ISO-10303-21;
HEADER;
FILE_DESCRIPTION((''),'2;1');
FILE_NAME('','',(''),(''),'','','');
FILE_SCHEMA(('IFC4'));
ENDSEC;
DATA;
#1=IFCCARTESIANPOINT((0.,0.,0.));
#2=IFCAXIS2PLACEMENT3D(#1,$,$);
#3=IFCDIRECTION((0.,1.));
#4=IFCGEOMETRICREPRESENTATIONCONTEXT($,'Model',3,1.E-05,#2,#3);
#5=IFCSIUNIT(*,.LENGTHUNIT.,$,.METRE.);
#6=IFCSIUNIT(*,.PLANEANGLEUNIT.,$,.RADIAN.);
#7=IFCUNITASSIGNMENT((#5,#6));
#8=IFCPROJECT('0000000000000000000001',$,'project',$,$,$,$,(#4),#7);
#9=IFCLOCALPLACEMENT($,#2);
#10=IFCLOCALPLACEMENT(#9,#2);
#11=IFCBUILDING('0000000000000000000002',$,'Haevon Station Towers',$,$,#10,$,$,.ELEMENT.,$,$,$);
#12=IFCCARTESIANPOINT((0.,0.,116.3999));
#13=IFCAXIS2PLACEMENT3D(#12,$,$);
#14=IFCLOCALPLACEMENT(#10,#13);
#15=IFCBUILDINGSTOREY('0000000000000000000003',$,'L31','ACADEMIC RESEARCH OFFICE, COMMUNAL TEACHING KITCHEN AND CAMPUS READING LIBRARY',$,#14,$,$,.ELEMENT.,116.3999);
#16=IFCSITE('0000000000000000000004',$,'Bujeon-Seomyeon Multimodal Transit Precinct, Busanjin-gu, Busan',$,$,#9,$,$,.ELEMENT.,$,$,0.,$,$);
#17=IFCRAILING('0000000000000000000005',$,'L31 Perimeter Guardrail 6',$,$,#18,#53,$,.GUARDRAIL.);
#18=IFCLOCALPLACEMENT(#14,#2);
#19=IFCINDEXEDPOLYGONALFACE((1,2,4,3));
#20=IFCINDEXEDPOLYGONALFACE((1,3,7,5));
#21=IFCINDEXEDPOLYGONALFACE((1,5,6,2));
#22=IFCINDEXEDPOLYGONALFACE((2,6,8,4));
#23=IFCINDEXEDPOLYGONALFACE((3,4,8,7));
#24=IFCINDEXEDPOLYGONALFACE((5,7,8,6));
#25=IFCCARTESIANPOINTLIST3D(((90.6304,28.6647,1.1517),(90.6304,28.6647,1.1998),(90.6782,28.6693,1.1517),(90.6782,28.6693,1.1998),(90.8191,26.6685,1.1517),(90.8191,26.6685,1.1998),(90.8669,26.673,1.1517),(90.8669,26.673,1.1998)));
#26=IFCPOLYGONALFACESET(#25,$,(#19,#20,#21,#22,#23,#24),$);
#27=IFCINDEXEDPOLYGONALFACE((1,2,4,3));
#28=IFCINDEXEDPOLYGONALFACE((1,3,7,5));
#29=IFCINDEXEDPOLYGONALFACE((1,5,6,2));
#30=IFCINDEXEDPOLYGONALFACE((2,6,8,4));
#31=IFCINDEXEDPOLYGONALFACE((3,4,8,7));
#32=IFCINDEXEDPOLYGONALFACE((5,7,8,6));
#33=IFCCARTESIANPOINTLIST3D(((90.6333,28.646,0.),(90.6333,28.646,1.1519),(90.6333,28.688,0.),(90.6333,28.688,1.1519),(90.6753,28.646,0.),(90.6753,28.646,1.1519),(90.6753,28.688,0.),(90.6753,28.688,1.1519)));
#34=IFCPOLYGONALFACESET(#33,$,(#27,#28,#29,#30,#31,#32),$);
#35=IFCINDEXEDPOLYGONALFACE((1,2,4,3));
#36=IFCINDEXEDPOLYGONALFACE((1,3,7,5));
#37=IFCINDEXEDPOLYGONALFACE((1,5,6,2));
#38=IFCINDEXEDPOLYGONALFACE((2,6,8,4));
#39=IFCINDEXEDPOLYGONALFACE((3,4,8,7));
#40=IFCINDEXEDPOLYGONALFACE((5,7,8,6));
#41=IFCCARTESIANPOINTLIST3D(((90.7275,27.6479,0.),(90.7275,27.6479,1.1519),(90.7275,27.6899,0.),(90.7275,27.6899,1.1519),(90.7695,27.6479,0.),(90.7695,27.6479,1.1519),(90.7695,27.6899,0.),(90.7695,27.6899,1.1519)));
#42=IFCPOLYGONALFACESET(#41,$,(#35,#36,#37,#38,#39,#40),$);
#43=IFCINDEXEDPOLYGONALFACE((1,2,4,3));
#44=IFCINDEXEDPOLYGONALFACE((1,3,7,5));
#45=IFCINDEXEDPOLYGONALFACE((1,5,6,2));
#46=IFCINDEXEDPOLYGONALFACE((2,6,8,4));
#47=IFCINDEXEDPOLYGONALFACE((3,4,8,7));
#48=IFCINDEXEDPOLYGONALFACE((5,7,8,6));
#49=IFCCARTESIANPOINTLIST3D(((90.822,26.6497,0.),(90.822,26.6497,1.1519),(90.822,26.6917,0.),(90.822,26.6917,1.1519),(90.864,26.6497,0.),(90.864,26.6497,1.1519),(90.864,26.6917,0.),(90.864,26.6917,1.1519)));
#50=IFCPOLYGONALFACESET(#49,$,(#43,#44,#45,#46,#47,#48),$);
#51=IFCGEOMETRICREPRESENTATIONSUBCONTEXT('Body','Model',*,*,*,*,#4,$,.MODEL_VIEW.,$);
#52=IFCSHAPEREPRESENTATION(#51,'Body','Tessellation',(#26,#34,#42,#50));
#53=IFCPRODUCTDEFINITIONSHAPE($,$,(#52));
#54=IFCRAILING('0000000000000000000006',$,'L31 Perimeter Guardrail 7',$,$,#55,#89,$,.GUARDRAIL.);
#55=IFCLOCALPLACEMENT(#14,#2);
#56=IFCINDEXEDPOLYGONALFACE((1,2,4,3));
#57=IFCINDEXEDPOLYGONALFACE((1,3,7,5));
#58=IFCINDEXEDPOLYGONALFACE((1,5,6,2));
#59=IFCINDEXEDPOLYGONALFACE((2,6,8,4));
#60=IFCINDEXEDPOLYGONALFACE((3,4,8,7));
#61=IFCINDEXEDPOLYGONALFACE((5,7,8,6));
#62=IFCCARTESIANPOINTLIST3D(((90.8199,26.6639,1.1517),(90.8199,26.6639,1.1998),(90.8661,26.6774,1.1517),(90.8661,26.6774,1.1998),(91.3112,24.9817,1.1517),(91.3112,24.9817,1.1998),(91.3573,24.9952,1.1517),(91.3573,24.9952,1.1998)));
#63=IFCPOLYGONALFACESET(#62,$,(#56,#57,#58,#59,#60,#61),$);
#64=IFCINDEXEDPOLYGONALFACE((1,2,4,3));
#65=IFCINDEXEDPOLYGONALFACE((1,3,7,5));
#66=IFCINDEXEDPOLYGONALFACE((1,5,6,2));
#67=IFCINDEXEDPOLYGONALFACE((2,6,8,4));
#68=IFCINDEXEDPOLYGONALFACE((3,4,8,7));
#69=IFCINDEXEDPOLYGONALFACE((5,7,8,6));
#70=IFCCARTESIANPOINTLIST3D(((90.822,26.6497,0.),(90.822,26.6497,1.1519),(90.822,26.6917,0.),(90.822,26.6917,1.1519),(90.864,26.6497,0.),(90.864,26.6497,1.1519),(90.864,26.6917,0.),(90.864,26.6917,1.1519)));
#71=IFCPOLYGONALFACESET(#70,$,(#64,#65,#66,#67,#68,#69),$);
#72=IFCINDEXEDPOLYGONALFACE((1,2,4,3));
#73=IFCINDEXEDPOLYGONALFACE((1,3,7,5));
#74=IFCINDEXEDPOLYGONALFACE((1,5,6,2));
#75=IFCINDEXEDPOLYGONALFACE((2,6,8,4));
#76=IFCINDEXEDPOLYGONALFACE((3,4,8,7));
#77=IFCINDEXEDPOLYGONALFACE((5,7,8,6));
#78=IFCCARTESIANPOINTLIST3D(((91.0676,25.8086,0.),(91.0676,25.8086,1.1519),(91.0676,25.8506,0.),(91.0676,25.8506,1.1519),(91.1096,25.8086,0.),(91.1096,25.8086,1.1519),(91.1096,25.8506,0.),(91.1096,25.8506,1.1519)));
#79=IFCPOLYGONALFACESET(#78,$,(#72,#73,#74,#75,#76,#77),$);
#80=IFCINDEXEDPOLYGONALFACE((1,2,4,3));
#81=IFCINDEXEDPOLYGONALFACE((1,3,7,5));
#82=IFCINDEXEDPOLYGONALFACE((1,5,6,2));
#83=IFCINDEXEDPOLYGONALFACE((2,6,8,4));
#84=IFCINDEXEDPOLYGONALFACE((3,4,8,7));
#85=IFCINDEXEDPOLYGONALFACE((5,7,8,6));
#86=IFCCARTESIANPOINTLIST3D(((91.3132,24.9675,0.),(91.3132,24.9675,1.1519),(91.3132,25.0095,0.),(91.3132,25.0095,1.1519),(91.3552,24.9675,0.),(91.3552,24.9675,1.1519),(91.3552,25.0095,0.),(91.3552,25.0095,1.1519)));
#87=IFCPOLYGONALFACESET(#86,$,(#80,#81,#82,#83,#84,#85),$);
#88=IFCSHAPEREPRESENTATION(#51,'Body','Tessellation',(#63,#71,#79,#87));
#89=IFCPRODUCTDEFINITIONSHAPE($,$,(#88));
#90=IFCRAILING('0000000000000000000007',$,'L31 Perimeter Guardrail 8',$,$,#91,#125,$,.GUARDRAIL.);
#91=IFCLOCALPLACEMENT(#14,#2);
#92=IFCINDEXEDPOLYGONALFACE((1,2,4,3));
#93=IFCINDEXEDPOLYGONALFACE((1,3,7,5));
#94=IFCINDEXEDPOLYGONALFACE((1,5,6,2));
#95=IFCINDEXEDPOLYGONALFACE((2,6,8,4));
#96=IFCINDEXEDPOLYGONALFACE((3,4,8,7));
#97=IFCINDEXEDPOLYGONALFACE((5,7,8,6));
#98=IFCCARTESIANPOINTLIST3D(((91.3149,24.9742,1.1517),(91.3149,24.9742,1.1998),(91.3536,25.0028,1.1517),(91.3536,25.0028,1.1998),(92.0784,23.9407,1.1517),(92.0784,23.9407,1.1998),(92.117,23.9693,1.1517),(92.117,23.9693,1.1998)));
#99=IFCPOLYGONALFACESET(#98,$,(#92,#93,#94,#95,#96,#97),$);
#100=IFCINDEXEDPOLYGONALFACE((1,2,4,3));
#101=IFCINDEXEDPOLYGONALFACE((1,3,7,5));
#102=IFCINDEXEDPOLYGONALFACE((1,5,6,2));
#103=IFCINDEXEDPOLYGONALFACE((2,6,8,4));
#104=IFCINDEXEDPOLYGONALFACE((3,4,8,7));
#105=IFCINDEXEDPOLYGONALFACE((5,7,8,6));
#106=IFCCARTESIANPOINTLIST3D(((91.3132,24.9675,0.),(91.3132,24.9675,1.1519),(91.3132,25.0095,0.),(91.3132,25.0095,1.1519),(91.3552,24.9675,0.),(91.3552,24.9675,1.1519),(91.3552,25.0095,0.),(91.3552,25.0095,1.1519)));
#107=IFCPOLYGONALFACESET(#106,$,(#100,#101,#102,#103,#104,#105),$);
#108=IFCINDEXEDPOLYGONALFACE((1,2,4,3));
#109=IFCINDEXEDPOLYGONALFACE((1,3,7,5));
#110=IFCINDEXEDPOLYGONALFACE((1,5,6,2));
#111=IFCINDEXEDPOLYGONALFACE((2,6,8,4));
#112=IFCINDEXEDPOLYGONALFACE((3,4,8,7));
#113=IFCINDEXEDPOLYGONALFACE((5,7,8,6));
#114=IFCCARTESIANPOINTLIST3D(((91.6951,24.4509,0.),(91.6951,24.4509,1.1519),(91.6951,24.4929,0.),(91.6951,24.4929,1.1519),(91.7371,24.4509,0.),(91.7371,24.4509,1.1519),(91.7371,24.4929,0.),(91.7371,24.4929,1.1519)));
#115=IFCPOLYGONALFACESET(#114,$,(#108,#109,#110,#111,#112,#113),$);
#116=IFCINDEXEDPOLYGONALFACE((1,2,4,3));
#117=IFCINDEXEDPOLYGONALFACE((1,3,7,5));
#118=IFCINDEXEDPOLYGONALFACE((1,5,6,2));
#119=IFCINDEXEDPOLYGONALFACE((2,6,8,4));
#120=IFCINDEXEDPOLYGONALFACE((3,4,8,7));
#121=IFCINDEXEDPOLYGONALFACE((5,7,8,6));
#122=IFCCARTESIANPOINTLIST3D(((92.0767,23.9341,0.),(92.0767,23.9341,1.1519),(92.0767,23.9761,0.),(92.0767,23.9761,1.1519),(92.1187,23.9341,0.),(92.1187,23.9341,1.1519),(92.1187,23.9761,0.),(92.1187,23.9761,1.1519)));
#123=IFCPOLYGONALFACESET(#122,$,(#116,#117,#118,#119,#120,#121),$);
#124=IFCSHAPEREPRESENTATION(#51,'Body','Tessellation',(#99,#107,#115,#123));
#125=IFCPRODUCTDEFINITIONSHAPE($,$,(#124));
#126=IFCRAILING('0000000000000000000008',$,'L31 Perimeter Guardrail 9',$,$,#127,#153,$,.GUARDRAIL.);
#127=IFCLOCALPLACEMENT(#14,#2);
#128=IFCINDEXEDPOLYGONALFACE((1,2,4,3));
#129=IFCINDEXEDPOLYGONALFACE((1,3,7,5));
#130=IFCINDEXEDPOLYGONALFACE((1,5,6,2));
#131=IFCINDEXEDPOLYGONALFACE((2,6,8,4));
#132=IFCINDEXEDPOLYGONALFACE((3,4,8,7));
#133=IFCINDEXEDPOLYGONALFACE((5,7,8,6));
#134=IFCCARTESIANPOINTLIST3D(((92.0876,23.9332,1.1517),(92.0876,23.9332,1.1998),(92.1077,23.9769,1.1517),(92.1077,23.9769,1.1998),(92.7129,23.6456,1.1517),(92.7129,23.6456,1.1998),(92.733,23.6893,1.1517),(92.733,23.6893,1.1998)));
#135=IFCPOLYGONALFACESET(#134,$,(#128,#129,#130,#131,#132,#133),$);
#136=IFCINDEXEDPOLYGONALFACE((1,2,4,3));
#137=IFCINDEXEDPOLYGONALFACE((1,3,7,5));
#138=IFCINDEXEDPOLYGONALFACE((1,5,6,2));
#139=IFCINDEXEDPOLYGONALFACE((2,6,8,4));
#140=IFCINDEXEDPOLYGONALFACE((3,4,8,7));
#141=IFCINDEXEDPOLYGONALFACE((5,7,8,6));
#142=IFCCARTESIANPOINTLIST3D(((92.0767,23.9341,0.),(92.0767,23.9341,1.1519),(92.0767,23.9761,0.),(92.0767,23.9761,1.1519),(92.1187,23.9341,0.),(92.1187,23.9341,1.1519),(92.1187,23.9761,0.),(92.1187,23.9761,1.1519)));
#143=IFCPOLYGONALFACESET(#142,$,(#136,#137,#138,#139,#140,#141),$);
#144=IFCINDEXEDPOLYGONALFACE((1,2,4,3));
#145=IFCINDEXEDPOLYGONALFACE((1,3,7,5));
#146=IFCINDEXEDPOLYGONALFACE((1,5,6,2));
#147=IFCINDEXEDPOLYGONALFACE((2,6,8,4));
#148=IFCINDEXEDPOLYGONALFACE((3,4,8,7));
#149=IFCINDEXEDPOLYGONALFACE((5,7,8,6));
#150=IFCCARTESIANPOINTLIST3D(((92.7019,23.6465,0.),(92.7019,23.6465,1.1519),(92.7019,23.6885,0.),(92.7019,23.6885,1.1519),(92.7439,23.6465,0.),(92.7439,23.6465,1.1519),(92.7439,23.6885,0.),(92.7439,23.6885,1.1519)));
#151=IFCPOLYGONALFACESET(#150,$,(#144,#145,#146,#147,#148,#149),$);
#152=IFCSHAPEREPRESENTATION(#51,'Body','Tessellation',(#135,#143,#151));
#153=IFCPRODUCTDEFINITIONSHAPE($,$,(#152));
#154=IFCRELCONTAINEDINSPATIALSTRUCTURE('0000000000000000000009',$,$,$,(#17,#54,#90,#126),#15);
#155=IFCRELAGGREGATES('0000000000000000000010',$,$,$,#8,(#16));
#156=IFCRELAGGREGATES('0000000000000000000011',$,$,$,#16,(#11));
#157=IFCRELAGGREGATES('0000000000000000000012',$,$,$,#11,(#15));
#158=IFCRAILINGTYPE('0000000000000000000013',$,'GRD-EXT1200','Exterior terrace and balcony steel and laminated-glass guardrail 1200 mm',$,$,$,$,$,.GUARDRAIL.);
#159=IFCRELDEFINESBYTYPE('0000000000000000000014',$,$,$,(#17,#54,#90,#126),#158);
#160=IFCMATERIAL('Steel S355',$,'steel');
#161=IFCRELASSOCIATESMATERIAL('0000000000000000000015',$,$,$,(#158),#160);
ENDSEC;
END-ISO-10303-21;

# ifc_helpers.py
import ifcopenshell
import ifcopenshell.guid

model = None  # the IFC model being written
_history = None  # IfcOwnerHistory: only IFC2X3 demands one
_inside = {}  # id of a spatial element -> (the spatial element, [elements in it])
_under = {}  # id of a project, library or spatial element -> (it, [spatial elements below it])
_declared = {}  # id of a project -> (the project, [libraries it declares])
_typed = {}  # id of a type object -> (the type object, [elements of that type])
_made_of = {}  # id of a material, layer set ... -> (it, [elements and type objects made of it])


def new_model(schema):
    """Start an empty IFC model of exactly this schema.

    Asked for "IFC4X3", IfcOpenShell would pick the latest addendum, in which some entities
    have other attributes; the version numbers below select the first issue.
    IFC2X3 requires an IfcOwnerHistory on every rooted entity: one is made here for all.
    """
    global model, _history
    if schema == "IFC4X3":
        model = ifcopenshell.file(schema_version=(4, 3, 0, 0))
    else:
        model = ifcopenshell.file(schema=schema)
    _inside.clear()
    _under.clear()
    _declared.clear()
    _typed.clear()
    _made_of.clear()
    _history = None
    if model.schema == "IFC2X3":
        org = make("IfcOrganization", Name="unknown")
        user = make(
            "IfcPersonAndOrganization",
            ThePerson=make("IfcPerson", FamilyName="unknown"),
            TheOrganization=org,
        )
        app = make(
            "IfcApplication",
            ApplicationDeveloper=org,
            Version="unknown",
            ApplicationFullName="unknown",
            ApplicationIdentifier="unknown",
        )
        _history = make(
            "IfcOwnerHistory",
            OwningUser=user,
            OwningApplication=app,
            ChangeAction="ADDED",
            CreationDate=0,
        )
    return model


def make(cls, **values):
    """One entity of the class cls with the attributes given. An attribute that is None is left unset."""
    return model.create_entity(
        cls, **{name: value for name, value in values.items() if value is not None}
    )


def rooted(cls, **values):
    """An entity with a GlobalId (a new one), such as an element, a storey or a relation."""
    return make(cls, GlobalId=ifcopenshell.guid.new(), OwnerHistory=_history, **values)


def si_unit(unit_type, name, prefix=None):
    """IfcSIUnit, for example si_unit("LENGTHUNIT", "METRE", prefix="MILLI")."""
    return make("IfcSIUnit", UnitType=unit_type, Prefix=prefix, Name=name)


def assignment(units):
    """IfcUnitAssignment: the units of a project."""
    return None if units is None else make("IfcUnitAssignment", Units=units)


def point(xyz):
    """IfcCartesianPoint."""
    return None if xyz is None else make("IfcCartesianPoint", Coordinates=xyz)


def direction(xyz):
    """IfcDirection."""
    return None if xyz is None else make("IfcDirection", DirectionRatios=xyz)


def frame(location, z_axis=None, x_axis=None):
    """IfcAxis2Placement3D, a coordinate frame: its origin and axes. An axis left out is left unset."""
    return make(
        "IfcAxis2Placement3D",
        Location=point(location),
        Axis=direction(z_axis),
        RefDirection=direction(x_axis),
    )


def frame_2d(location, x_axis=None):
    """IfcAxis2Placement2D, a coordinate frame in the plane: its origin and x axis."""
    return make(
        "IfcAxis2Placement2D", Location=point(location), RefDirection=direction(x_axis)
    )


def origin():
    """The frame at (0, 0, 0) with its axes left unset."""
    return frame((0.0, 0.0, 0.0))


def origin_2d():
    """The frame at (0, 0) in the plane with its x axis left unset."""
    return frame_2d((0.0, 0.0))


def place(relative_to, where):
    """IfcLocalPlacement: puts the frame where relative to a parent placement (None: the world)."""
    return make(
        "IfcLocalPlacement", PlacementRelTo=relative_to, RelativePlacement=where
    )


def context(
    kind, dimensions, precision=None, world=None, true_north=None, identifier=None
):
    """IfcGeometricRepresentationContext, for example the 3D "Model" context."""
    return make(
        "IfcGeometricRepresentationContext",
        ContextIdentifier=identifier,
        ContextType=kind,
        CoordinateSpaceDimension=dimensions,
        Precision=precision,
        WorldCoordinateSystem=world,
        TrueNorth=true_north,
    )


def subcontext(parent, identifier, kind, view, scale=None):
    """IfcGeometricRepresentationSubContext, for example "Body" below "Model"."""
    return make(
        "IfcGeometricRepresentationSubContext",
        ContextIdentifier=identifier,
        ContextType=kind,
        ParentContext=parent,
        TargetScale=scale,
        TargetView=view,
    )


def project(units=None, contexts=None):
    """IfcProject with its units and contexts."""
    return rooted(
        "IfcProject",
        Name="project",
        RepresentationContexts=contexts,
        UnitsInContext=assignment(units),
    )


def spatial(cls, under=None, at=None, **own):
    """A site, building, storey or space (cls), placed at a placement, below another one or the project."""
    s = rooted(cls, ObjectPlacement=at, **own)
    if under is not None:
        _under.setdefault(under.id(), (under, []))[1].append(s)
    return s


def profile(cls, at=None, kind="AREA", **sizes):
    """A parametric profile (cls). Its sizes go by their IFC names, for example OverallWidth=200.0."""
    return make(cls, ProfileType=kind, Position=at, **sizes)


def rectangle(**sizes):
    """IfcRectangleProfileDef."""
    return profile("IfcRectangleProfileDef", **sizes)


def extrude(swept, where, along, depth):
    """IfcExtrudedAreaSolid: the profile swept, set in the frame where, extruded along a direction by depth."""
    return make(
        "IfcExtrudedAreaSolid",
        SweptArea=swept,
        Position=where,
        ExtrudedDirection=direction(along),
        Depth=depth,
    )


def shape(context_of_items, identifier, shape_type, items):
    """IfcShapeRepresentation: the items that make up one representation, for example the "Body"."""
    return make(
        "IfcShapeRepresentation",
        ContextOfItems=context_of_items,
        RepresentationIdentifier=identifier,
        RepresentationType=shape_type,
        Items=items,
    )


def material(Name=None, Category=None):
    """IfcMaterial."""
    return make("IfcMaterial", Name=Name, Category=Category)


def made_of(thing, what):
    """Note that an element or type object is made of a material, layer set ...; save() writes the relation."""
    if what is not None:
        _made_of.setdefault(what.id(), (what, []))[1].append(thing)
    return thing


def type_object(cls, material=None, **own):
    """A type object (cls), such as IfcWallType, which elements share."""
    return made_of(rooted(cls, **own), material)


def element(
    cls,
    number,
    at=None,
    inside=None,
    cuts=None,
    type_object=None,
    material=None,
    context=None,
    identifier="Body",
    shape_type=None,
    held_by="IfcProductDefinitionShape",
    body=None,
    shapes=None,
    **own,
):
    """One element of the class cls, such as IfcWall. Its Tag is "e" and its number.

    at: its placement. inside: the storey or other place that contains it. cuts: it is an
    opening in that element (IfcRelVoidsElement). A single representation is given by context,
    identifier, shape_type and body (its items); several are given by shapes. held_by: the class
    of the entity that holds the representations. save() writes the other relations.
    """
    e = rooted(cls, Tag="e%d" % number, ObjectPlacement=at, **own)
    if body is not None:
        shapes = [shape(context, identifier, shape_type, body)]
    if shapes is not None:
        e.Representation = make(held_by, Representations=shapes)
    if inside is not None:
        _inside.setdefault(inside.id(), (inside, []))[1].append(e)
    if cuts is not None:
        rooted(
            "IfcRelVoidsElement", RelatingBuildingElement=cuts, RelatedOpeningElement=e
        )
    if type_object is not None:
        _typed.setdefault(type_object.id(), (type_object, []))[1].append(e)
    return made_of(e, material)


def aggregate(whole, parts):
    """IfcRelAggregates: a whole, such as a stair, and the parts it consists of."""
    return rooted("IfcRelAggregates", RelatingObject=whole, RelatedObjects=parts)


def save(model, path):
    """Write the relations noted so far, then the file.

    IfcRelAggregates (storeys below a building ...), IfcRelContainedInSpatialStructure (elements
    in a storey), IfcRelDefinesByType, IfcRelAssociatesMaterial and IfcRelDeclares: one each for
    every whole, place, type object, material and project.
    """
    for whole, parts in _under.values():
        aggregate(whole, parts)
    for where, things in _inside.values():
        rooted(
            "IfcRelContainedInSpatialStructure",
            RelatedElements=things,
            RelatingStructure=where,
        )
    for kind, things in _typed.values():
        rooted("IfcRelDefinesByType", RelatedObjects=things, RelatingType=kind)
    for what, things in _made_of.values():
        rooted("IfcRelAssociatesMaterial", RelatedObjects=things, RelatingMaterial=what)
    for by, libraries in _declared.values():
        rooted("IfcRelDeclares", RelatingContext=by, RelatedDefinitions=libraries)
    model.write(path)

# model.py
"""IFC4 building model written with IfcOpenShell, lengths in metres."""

from ifc_helpers import new_model, si_unit, direction, frame, origin, origin_2d, place, context, subcontext, project, spatial, rectangle, extrude, material, type_object, element, save


model = new_model("IFC4")

# Units and contexts
model_context = context("Model", 3, precision=1e-05, world=origin(), true_north=direction((0.0, 1.0)))
body_context = subcontext(model_context, "Body", "Model", "MODEL_VIEW")
ifc_project = project(units=[si_unit("LENGTHUNIT", "METRE"), si_unit("PLANEANGLEUNIT", "RADIAN")], contexts=[model_context])

# Site, building, storey
site_placement = place(None, origin())
site = spatial("IfcSite", under=ifc_project, at=site_placement, Name="Bujeon-Seomyeon Multimodal Transit Precinct, Busanjin-gu, Busan", CompositionType="ELEMENT", RefElevation=0.0)
building_placement = place(site_placement, origin())
building = spatial("IfcBuilding", under=site, at=building_placement, Name="Haevon Station Towers", CompositionType="ELEMENT")
storey_placement = place(building_placement, frame((0.0, 0.0, 116.3999)))
storey = spatial("IfcBuildingStorey", under=building, at=storey_placement, Name="L31", Description="ACADEMIC RESEARCH OFFICE, COMMUNAL TEACHING KITCHEN AND CAMPUS READING LIBRARY", CompositionType="ELEMENT", Elevation=116.3999)

# Shared definitions
ifc_material_1 = material(Name="Steel S355", Category="steel")

# Railings
railing_type = type_object("IfcRailingType", Name="GRD-EXT1200", Description="Exterior terrace and balcony steel and laminated-glass guardrail 1200 mm", PredefinedType="GUARDRAIL", material=ifc_material_1)
railing_1_placement = place(storey_placement, frame((90.6543, 28.667, 0.0)))
element("IfcRailing", 1, at=railing_1_placement, inside=storey, type_object=railing_type, Name="L31 Perimeter Guardrail 6", PredefinedType="GUARDRAIL", context=body_context, shape_type="SweptSolid", body=[
    extrude(rectangle(XDim=0.0481, YDim=0.0481, at=origin_2d()), frame((0.0, 0.0, 1.1758), z_axis=(0.094114, -0.995561, 0.0), x_axis=(0.995561, 0.094114, 0.0)), (0.0, 0.0, 1.0), 2.0051),
    extrude(rectangle(XDim=0.042, YDim=0.042, at=origin_2d()), origin(), (0.0, 0.0, 1.0), 1.1519),
    extrude(rectangle(XDim=0.042, YDim=0.042, at=origin_2d()), frame((0.0942, -0.998, 0.0)), (0.0, 0.0, 1.0), 1.1519),
    extrude(rectangle(XDim=0.042, YDim=0.042, at=origin_2d()), frame((0.1887, -1.9963, 0.0)), (0.0, 0.0, 1.0), 1.1519),
])
railing_2_placement = place(storey_placement, frame((90.843, 26.6707, 0.0)))
element("IfcRailing", 2, at=railing_2_placement, inside=storey, type_object=railing_type, Name="L31 Perimeter Guardrail 7", PredefinedType="GUARDRAIL", context=body_context, shape_type="SweptSolid", body=[
    extrude(rectangle(XDim=0.0481, YDim=0.0481, at=origin_2d()), frame((0.0, 0.0, 1.1758), z_axis=(0.28031, -0.959909, 0.0), x_axis=(0.959909, 0.28031, 0.0)), (0.0, 0.0, 1.0), 1.7524),
    extrude(rectangle(XDim=0.042, YDim=0.042, at=origin_2d()), origin(), (0.0, 0.0, 1.0), 1.1519),
    extrude(rectangle(XDim=0.042, YDim=0.042, at=origin_2d()), frame((0.2456, -0.8411, 0.0)), (0.0, 0.0, 1.0), 1.1519),
    extrude(rectangle(XDim=0.042, YDim=0.042, at=origin_2d()), frame((0.4912, -1.6821, 0.0)), (0.0, 0.0, 1.0), 1.1519),
])
railing_3_placement = place(storey_placement, frame((91.3342, 24.9885, 0.0)))
element("IfcRailing", 3, at=railing_3_placement, inside=storey, type_object=railing_type, Name="L31 Perimeter Guardrail 8", PredefinedType="GUARDRAIL", context=body_context, shape_type="SweptSolid", body=[
    extrude(rectangle(XDim=0.0481, YDim=0.0481, at=origin_2d()), frame((0.0, 0.0, 1.1758), z_axis=(0.594177, -0.804334, 0.0), x_axis=(0.804334, 0.594177, 0.0)), (0.0, 0.0, 1.0), 1.2849),
    extrude(rectangle(XDim=0.042, YDim=0.042, at=origin_2d()), origin(), (0.0, 0.0, 1.0), 1.1519),
    extrude(rectangle(XDim=0.042, YDim=0.042, at=origin_2d()), frame((0.3818, -0.5166, 0.0)), (0.0, 0.0, 1.0), 1.1519),
    extrude(rectangle(XDim=0.042, YDim=0.042, at=origin_2d()), frame((0.7634, -1.0334, 0.0)), (0.0, 0.0, 1.0), 1.1519),
])
railing_4_placement = place(storey_placement, frame((92.0977, 23.9551, 0.0)))
element("IfcRailing", 4, at=railing_4_placement, inside=storey, type_object=railing_type, Name="L31 Perimeter Guardrail 9", PredefinedType="GUARDRAIL", context=body_context, shape_type="SweptSolid", body=[
    extrude(rectangle(XDim=0.0481, YDim=0.0481, at=origin_2d()), frame((0.0, 0.0, 1.1758), z_axis=(0.908499, -0.417888, 0.0), x_axis=(0.417888, 0.908499, 0.0)), (0.0, 0.0, 1.0), 0.6882),
    extrude(rectangle(XDim=0.042, YDim=0.042, at=origin_2d()), origin(), (0.0, 0.0, 1.0), 1.1519),
    extrude(rectangle(XDim=0.042, YDim=0.042, at=origin_2d()), frame((0.6252, -0.2876, 0.0)), (0.0, 0.0, 1.0), 1.1519),
])

save(model, "model.ifc")
